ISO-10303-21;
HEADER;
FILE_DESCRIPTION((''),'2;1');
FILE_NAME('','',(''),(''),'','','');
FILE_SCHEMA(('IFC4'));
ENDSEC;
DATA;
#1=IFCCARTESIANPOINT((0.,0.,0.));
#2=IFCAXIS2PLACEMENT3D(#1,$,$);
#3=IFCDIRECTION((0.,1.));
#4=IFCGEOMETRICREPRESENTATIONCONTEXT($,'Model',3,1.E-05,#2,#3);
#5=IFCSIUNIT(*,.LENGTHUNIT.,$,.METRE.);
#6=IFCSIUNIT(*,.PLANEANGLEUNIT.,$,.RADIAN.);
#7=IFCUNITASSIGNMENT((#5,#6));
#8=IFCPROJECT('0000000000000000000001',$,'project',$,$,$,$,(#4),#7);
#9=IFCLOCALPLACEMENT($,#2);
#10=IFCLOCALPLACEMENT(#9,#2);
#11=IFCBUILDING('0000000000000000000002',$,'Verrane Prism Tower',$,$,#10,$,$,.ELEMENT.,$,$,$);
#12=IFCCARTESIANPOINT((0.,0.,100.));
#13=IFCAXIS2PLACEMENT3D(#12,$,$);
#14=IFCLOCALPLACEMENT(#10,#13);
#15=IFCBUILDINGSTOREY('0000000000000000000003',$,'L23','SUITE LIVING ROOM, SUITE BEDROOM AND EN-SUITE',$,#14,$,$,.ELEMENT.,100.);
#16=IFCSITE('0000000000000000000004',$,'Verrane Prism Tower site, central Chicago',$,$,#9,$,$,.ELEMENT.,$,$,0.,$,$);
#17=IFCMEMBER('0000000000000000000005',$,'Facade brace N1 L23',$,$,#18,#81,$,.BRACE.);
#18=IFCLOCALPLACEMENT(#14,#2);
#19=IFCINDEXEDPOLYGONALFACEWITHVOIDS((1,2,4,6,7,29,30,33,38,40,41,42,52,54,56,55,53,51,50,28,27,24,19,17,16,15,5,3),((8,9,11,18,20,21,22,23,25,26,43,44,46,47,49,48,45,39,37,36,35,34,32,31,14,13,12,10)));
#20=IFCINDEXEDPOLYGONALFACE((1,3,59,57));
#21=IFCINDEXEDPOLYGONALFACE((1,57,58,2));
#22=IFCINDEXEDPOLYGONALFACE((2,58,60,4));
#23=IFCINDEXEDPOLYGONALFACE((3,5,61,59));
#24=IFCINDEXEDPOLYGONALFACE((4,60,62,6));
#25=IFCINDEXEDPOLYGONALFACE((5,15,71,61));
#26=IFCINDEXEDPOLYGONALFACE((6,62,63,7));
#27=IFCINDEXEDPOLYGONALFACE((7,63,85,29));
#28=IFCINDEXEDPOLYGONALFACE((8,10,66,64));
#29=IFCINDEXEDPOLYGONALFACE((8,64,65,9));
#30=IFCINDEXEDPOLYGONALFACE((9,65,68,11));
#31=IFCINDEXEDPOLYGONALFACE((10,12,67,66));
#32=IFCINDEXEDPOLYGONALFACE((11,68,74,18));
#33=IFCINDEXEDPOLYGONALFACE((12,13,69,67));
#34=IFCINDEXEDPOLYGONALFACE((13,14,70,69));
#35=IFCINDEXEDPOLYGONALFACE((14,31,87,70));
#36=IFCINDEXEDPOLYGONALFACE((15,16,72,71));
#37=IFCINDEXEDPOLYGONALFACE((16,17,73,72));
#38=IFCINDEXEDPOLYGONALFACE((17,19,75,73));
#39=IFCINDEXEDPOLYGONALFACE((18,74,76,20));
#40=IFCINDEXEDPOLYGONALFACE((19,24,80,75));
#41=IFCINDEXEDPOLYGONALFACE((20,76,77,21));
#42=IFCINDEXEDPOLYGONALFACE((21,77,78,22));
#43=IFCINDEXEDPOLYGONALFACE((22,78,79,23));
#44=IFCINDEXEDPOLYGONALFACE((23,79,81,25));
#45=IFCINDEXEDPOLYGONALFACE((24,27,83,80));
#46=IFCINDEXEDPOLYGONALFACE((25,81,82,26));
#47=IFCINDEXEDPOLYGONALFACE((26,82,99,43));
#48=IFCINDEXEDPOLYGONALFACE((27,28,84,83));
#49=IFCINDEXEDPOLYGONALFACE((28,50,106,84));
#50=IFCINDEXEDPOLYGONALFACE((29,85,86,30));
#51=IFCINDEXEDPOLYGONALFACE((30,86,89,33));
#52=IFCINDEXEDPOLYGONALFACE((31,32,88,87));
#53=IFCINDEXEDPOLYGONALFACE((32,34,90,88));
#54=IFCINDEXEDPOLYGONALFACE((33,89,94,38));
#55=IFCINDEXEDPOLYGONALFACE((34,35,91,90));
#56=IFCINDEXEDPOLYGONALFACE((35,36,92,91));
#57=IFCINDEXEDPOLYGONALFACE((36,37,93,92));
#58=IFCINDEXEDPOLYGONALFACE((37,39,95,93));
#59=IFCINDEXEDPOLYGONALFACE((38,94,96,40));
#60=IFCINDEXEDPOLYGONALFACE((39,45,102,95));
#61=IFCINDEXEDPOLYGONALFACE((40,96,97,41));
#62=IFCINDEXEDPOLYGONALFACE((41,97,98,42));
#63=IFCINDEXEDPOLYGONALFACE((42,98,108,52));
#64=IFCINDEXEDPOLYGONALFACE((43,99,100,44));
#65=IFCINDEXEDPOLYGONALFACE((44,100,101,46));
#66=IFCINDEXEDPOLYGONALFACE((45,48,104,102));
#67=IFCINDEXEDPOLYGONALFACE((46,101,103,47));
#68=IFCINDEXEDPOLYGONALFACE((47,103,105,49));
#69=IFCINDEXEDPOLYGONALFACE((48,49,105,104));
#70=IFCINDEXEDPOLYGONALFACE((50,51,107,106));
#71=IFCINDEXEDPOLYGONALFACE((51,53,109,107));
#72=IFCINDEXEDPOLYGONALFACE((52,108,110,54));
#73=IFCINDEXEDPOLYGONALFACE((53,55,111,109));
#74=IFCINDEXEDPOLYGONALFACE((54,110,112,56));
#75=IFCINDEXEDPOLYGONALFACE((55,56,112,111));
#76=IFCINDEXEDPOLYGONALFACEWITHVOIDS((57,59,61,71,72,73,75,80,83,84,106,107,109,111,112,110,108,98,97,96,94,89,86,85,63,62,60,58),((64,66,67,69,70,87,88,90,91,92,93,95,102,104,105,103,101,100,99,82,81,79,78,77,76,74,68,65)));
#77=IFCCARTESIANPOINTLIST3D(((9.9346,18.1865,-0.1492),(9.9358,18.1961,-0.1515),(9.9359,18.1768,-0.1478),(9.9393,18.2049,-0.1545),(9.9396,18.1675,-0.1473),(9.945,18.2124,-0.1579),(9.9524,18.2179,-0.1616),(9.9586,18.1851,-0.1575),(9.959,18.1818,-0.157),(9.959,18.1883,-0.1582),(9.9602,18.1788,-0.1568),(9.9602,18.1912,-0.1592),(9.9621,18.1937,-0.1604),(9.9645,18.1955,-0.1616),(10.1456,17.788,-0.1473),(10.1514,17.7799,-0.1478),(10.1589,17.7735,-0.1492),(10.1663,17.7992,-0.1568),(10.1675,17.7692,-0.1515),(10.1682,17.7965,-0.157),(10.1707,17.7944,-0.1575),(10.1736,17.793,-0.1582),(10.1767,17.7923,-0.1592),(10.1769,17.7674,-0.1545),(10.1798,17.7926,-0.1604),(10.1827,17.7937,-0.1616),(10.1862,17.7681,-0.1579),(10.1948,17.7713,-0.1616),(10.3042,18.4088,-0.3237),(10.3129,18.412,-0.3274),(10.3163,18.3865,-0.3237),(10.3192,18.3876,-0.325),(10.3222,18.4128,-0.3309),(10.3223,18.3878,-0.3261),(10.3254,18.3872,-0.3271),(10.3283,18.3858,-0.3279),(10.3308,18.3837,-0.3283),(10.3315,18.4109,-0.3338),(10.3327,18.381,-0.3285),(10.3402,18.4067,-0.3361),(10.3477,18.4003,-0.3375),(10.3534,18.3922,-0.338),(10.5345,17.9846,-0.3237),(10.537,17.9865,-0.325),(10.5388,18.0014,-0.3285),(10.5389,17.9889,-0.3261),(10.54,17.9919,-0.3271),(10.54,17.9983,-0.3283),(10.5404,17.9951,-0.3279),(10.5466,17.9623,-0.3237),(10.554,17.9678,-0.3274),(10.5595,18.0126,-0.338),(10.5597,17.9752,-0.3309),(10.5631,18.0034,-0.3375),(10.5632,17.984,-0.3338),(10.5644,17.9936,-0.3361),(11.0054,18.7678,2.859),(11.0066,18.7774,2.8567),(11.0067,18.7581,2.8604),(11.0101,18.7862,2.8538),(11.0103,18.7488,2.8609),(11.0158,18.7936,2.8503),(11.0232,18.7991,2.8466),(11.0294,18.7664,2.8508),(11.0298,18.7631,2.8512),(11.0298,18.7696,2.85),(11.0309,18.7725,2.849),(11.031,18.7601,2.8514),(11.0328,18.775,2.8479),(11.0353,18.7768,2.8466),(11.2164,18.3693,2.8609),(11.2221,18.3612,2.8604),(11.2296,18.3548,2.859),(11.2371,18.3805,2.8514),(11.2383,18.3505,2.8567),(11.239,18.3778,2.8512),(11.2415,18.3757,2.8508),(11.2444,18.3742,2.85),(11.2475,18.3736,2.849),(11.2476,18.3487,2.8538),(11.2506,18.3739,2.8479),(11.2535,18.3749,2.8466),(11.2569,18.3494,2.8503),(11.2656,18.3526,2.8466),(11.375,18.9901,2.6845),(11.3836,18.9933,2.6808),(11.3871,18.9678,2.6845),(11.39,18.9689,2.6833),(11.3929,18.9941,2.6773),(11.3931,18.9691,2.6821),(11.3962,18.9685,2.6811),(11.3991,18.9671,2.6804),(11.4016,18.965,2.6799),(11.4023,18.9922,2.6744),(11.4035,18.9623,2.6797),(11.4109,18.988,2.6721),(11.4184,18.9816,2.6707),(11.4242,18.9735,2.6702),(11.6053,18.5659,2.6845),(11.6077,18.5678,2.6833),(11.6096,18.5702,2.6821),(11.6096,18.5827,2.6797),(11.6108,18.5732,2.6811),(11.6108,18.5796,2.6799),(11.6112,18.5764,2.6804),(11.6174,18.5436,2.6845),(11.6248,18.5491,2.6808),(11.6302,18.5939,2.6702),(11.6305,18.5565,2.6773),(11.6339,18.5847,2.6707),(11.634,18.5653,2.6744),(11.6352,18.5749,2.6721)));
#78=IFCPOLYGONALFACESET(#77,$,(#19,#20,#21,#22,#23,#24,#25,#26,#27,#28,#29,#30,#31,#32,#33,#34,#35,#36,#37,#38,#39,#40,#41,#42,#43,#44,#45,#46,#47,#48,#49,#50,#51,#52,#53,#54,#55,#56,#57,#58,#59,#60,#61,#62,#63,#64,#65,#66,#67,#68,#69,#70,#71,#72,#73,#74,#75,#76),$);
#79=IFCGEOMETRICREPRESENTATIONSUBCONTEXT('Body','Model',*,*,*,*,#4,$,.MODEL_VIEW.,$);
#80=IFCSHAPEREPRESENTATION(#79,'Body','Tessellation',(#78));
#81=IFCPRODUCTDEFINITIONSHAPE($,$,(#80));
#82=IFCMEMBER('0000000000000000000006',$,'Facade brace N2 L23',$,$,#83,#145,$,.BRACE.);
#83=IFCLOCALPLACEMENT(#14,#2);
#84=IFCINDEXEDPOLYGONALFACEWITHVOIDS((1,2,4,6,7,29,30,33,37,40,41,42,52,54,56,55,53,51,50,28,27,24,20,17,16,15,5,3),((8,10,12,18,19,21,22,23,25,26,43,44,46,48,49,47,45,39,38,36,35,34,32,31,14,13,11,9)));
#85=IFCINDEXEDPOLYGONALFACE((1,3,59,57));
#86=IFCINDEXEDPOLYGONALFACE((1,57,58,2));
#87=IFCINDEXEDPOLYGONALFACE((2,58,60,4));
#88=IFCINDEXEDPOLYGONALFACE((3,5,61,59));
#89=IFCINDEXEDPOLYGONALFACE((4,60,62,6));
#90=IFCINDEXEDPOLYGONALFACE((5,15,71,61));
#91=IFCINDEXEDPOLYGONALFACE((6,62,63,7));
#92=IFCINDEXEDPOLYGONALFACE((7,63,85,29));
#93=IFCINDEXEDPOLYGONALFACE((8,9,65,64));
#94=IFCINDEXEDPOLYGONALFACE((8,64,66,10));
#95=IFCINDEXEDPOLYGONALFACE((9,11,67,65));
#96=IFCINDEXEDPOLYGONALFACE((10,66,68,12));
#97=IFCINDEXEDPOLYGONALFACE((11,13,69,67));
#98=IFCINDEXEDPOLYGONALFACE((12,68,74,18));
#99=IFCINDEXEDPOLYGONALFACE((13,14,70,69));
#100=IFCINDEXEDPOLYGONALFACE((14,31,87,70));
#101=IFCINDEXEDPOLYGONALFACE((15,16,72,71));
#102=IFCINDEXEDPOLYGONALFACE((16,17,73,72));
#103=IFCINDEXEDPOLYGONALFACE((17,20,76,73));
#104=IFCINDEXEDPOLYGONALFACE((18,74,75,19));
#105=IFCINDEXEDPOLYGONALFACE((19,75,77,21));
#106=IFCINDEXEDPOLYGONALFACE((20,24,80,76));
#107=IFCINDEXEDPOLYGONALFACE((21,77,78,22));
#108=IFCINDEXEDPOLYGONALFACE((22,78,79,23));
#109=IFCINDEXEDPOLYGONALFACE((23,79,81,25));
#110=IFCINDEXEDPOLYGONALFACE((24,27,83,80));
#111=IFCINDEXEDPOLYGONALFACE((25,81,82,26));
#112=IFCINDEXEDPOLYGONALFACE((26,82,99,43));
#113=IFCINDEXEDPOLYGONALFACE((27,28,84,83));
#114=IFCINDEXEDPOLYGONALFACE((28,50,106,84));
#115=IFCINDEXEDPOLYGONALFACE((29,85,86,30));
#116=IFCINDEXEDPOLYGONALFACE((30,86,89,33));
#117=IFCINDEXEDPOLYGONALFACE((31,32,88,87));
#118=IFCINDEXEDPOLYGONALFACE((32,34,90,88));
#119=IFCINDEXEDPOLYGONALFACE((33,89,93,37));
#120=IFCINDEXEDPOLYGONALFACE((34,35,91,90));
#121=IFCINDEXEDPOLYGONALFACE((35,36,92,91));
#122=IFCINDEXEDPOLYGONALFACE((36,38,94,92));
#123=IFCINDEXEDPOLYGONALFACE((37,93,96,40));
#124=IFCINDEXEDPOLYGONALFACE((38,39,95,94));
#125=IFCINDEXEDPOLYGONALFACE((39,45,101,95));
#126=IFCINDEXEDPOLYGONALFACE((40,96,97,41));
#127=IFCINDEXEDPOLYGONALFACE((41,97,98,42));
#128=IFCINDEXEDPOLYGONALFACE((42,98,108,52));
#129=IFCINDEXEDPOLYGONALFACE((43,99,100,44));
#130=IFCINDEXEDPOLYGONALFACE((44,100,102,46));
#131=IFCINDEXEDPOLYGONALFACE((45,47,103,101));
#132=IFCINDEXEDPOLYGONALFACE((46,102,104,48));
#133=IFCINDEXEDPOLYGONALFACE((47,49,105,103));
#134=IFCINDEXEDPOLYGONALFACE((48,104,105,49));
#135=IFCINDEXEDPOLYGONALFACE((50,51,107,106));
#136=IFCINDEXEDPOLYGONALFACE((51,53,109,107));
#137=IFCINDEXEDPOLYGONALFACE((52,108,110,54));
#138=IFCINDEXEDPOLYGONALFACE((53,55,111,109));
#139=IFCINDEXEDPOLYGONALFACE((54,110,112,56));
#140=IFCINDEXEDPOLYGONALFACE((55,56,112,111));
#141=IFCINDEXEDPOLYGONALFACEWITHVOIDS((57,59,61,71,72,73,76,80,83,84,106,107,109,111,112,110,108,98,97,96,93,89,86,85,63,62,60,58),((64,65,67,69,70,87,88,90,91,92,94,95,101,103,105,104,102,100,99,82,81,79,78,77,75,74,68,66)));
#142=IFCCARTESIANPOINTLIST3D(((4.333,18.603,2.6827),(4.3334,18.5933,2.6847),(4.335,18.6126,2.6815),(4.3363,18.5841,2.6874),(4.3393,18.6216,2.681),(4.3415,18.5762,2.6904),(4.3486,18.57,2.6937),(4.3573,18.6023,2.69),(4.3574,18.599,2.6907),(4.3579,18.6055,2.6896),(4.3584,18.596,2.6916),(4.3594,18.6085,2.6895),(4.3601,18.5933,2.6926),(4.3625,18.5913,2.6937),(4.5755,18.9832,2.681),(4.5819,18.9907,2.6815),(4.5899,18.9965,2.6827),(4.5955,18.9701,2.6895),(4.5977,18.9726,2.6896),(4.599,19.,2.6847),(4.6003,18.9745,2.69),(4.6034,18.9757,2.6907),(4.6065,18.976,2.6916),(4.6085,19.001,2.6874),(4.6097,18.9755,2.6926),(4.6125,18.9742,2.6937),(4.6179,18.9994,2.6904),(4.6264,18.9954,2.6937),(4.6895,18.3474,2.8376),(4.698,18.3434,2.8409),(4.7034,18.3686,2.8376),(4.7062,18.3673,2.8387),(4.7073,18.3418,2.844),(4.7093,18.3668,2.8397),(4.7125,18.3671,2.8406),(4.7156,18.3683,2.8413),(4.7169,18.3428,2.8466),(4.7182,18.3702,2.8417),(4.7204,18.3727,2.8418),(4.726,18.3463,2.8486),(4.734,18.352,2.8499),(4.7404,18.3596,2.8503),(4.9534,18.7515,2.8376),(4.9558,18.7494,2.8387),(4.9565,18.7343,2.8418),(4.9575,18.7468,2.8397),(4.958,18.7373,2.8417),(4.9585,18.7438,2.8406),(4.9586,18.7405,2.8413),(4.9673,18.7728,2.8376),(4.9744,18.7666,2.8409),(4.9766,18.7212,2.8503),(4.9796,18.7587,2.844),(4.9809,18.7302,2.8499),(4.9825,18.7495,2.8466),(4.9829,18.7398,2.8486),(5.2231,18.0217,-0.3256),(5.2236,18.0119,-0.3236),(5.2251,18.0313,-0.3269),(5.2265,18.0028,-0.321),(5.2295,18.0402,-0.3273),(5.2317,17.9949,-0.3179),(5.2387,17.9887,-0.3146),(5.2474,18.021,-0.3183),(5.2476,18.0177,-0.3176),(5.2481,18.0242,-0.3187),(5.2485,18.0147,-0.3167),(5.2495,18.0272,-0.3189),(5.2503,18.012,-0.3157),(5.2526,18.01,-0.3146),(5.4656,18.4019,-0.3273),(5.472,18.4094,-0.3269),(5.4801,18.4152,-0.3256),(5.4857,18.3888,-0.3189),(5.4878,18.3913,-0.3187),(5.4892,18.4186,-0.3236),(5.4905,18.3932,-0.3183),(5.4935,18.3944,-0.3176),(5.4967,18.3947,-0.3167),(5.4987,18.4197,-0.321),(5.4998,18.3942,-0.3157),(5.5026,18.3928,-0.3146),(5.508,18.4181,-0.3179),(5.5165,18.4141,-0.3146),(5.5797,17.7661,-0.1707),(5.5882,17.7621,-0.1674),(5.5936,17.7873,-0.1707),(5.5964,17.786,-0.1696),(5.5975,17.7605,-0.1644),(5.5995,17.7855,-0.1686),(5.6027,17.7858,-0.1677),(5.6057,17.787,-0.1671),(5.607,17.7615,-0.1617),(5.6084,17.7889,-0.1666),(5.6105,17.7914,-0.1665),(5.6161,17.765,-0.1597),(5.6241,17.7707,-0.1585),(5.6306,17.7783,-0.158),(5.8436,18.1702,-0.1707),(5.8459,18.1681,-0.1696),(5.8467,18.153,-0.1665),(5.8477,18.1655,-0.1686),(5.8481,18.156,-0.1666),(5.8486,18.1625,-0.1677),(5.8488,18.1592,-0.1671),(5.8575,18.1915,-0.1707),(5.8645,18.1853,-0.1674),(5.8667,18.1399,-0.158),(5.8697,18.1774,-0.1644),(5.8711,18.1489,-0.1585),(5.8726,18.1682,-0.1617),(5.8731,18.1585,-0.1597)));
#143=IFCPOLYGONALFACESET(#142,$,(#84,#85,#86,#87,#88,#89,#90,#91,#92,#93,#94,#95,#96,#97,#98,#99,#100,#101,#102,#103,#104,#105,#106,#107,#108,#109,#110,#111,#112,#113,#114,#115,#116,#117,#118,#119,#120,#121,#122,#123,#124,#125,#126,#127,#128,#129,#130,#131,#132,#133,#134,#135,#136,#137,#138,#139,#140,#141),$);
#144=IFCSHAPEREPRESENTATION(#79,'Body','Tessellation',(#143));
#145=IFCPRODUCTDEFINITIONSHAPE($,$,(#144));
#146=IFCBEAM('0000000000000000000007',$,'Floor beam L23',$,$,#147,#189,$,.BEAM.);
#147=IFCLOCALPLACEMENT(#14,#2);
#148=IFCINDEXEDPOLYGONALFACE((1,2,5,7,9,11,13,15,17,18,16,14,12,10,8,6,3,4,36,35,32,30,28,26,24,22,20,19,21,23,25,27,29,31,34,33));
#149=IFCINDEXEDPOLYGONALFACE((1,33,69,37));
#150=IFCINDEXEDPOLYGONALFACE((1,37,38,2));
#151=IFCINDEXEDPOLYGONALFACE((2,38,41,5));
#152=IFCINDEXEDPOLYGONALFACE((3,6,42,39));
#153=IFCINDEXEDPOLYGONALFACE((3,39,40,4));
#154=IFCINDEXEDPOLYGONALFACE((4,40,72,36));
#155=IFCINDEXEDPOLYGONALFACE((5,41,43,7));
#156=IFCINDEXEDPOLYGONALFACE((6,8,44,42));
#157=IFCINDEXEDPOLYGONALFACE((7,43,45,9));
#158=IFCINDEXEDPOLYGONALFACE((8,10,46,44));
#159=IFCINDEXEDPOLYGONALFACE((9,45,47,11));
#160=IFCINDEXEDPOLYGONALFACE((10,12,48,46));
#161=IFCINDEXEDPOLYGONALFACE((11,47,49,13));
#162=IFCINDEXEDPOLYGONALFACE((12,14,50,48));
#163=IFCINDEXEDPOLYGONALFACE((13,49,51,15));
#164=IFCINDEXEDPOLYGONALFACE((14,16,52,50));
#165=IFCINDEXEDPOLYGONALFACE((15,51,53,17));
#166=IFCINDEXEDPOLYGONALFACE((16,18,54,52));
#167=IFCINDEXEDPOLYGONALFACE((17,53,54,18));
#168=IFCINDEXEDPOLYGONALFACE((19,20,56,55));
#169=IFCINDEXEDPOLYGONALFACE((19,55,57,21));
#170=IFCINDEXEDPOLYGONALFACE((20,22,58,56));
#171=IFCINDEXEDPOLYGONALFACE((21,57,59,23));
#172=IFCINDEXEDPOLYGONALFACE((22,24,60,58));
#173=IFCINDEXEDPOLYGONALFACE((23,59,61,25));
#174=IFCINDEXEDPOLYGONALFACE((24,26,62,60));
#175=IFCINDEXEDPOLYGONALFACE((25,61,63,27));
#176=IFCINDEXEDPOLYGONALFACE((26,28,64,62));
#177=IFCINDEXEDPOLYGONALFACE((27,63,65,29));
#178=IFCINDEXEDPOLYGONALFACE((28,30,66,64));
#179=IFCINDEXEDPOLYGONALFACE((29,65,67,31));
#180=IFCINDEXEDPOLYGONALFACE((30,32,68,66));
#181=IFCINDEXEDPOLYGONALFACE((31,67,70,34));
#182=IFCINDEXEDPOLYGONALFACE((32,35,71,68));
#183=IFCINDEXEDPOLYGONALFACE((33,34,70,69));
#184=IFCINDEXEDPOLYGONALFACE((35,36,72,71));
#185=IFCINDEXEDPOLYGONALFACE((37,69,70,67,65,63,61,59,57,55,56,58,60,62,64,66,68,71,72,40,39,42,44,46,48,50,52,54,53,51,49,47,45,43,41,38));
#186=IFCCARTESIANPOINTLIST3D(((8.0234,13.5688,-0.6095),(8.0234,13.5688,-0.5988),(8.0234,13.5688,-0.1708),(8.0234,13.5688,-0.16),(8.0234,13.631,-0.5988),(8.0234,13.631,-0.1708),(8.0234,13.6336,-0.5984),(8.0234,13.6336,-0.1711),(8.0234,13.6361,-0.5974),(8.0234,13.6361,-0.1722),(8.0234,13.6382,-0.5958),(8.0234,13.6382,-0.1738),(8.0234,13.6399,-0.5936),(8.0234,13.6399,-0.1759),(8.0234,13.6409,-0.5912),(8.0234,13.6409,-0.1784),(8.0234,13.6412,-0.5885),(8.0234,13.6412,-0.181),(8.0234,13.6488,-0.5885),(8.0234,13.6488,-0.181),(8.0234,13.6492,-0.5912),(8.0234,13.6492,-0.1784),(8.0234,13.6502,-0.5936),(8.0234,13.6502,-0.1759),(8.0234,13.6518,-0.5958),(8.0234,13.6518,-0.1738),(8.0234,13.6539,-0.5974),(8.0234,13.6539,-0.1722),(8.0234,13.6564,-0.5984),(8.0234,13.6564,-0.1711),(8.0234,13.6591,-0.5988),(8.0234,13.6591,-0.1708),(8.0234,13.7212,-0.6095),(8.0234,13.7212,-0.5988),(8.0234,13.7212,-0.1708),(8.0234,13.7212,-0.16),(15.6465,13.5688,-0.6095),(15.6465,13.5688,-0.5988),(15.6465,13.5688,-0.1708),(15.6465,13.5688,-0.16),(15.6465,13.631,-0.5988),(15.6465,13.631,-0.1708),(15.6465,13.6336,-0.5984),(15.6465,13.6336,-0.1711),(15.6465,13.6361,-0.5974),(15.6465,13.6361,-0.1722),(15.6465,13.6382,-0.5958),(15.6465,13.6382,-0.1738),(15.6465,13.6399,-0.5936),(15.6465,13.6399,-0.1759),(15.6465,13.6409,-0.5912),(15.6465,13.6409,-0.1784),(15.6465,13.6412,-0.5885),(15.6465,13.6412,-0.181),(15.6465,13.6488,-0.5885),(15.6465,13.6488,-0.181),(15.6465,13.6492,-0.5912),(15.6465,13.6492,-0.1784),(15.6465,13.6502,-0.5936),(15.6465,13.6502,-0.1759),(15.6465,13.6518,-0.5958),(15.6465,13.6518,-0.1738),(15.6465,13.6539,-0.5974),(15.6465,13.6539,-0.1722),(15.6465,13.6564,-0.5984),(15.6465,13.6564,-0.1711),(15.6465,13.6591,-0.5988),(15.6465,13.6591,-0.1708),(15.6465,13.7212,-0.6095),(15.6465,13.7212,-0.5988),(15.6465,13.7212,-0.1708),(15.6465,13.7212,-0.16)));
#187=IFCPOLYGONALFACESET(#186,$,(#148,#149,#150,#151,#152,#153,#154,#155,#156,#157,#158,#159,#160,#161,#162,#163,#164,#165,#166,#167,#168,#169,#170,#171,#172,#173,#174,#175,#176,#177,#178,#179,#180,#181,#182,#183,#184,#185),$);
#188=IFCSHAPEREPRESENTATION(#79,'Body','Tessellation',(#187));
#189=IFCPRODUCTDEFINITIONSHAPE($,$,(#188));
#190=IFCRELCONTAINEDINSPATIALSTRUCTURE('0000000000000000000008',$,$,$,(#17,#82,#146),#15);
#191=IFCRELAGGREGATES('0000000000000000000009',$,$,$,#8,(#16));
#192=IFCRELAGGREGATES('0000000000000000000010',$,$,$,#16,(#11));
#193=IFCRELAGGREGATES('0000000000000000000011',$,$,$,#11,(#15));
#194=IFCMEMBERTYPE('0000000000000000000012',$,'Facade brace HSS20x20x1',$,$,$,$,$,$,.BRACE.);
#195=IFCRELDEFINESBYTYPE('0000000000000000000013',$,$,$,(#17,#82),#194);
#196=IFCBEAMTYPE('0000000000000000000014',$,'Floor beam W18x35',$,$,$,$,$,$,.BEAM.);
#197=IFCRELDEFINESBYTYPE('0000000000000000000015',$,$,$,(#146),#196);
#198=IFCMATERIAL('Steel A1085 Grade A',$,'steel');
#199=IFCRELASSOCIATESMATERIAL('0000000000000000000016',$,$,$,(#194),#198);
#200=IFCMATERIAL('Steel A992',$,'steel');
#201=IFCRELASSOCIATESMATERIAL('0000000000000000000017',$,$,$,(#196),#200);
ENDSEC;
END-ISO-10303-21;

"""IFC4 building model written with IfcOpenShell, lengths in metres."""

from ifc_helpers import new_model, si_unit, direction, frame, origin, origin_2d, place, context, subcontext, project, spatial, hollow_rectangle, i_section, extrude, material, material_profile, profile_set, type_object, element, save


model = new_model("IFC4")

# Units and contexts
model_context = context("Model", 3, precision=1e-05, world=origin(), true_north=direction((0.0, 1.0)))
body_context = subcontext(model_context, "Body", "Model", "MODEL_VIEW")
ifc_project = project(units=[si_unit("LENGTHUNIT", "METRE"), si_unit("PLANEANGLEUNIT", "RADIAN")], contexts=[model_context])

# Site, building, storey
site_placement = place(None, origin())
site = spatial("IfcSite", under=ifc_project, at=site_placement, Name="Verrane Prism Tower site, central Chicago", CompositionType="ELEMENT", RefElevation=0.0)
building_placement = place(site_placement, origin())
building = spatial("IfcBuilding", under=site, at=building_placement, Name="Verrane Prism Tower", CompositionType="ELEMENT")
storey_placement = place(building_placement, frame((0.0, 0.0, 100.0)))
storey = spatial("IfcBuildingStorey", under=building, at=storey_placement, Name="L23", Description="SUITE LIVING ROOM, SUITE BEDROOM AND EN-SUITE", CompositionType="ELEMENT", Elevation=100.0)

# Members
ifc_material_1 = material(Name="Steel A1085 Grade A", Category="steel")
ifc_material_profile_1 = material_profile(ifc_material_1, hollow_rectangle(XDim=0.5081, YDim=0.5081, WallThickness=0.0254, InnerFilletRadius=0.0127, OuterFilletRadius=0.0381, at=origin_2d()), Name="HSS20x20x1")
ifc_profile_set_1 = profile_set([ifc_material_profile_1], Name="Steel A1085 Grade A")
member_type_1 = type_object("IfcMemberType", Name="Facade brace HSS20x20x1", PredefinedType="BRACE", material=ifc_profile_set_1)
member_1_placement = place(storey_placement, frame((10.2495, 18.0901, -0.2427), z_axis=(0.329916, 0.1791, 0.926865), x_axis=(-0.477096, 0.878851, 0.0)))
element("IfcMember", 1, at=member_1_placement, inside=storey, type_object=member_type_1, Name="Facade brace N1 L23", PredefinedType="BRACE", context=body_context, shape_type="SweptSolid", body=[
    extrude(hollow_rectangle(XDim=0.5081, YDim=0.5081, WallThickness=0.0254, InnerFilletRadius=0.0127, OuterFilletRadius=0.0381, at=origin_2d()), origin(), (0.0, 0.0, 1.0), 3.2456),
])
member_2_placement = place(storey_placement, frame((5.5481, 18.0901, -0.2427), z_axis=(-0.278985, 0.182189, 0.942855), x_axis=(-0.546779, -0.837277, 0.0)))
element("IfcMember", 2, at=member_2_placement, inside=storey, type_object=member_type_1, Name="Facade brace N2 L23", PredefinedType="BRACE", context=body_context, shape_type="SweptSolid", body=[
    extrude(hollow_rectangle(XDim=0.5081, YDim=0.5081, WallThickness=0.0254, InnerFilletRadius=0.0127, OuterFilletRadius=0.0381, at=origin_2d()), origin(), (0.0, 0.0, 1.0), 3.1907),
])

# Beam
ifc_material_2 = material(Name="Steel A992", Category="steel")
ifc_material_profile_2 = material_profile(ifc_material_2, i_section(OverallWidth=0.1523, OverallDepth=0.4495, WebThickness=0.0076, FlangeThickness=0.0107, FilletRadius=0.0103, at=origin_2d()), Name="W18x35")
ifc_profile_set_2 = profile_set([ifc_material_profile_2], Name="Steel A992")
beam_type_1 = type_object("IfcBeamType", Name="Floor beam W18x35", PredefinedType="BEAM", material=ifc_profile_set_2)
for number, where, z_axis, x_axis, name in (
    (3, (8.0234, 13.645, -0.3848), (1.0, 0.0, 0.0), (0.0, 1.0, 0.0), "Floor beam L23"),
):
    element("IfcBeam", number, at=place(storey_placement, frame(where, z_axis=z_axis, x_axis=x_axis)), inside=storey, type_object=beam_type_1, Name=name, PredefinedType="BEAM", context=body_context, shape_type="SweptSolid", body=[
        extrude(i_section(OverallWidth=0.1523, OverallDepth=0.4495, WebThickness=0.0076, FlangeThickness=0.0107, FilletRadius=0.0103, at=origin_2d()), origin(), (0.0, 0.0, 1.0), 7.623),
    ])

save(model, "model.ifc")
